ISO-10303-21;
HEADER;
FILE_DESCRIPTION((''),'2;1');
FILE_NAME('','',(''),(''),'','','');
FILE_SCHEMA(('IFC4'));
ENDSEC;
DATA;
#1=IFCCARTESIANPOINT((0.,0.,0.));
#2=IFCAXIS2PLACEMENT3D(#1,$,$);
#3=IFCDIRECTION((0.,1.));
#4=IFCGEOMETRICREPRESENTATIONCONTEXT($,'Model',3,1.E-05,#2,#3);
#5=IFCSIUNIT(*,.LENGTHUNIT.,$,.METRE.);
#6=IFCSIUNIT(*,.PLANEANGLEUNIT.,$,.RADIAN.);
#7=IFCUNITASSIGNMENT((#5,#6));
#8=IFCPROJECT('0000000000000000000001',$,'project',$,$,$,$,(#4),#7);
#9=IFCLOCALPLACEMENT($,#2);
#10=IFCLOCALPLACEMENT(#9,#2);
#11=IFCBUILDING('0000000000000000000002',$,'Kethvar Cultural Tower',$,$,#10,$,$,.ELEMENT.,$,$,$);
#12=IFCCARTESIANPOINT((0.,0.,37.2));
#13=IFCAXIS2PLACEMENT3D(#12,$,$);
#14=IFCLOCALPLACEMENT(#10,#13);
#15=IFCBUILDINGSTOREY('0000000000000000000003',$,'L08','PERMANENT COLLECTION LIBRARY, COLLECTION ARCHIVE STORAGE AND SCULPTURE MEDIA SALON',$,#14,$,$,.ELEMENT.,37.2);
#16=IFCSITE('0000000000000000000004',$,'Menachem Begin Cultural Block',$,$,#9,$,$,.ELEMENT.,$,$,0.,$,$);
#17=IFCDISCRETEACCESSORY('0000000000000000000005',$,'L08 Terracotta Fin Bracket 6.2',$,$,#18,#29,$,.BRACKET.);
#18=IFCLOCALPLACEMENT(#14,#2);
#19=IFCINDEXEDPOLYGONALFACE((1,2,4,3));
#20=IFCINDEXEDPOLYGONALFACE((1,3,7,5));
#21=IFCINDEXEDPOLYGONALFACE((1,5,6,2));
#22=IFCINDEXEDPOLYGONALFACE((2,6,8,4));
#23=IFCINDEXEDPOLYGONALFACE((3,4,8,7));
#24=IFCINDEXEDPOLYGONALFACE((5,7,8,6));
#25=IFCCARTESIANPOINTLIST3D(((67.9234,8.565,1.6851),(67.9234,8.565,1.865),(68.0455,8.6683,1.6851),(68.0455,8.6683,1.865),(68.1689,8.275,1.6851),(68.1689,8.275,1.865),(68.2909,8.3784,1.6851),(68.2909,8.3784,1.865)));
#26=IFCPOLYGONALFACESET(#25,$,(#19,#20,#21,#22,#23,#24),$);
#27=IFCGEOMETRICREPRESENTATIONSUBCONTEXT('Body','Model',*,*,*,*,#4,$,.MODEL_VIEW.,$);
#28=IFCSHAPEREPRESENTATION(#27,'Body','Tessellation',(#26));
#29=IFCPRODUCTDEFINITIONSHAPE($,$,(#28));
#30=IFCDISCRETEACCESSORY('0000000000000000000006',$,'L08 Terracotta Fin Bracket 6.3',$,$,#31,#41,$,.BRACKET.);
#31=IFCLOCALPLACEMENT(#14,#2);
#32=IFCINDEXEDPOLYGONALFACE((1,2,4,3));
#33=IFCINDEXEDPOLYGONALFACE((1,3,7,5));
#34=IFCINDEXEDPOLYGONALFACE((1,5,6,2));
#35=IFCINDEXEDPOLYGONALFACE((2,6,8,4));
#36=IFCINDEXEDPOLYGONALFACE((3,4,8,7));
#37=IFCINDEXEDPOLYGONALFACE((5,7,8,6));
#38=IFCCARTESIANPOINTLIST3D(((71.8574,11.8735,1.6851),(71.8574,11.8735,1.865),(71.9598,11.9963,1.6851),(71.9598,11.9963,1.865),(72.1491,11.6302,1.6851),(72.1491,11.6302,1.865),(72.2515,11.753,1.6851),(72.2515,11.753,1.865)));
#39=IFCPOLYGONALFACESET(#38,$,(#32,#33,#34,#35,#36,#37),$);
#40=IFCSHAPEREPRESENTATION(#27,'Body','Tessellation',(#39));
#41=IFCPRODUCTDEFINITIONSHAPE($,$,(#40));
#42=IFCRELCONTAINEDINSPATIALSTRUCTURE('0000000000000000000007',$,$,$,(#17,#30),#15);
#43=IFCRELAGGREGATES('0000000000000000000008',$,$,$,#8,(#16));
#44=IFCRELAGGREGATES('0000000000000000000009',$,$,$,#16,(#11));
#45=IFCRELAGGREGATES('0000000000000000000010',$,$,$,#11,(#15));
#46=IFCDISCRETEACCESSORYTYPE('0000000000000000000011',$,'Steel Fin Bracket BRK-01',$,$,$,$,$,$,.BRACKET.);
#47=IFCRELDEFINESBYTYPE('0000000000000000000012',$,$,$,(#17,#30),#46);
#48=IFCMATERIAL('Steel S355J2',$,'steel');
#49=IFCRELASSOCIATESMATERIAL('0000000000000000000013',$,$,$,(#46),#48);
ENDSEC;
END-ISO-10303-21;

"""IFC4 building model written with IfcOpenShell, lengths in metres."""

from ifc_helpers import new_model, si_unit, direction, frame, origin, origin_2d, place, context, subcontext, project, spatial, rectangle, extrude, source, transform, mapped, material, type_object, element, save


model = new_model("IFC4")

# Units and contexts
model_context = context("Model", 3, precision=1e-05, world=origin(), true_north=direction((0.0, 1.0)))
body_context = subcontext(model_context, "Body", "Model", "MODEL_VIEW")
ifc_project = project(units=[si_unit("LENGTHUNIT", "METRE"), si_unit("PLANEANGLEUNIT", "RADIAN")], contexts=[model_context])

# Site, building, storey
site_placement = place(None, origin())
site = spatial("IfcSite", under=ifc_project, at=site_placement, Name="Menachem Begin Cultural Block", CompositionType="ELEMENT", RefElevation=0.0)
building_placement = place(site_placement, origin())
building = spatial("IfcBuilding", under=site, at=building_placement, Name="Kethvar Cultural Tower", CompositionType="ELEMENT")
storey_placement = place(building_placement, frame((0.0, 0.0, 37.2)))
storey = spatial("IfcBuildingStorey", under=building, at=storey_placement, Name="L08", Description="PERMANENT COLLECTION LIBRARY, COLLECTION ARCHIVE STORAGE AND SCULPTURE MEDIA SALON", CompositionType="ELEMENT", Elevation=37.2)

# Shared definitions
ifc_material_1 = material(Name="Steel S355J2", Category="steel")

# Discrete accessories
discrete_accessory_type = type_object("IfcDiscreteAccessoryType", Name="Steel Fin Bracket BRK-01", PredefinedType="BRACKET", material=ifc_material_1)
shared_shape_1 = source(origin(), body_context, "Body", "SweptSolid", [
    extrude(rectangle(XDim=0.3799, YDim=0.1599, at=origin_2d()), origin(), (0.0, 0.0, 1.0), 0.1799),
])
for number, where, z_axis, x_axis, name in (
    (1, (68.1072, 8.4717, 1.6851), (0.0, 0.0, 1.0), (0.646124, -0.763232, 0.0), "L08 Terracotta Fin Bracket 6.2"),
    (2, (72.0544, 11.8132, 1.6851), (0.0, 0.0, 1.0), (0.767948, -0.640512, 0.0), "L08 Terracotta Fin Bracket 6.3"),
):
    element("IfcDiscreteAccessory", number, at=place(storey_placement, frame(where, z_axis=z_axis, x_axis=x_axis)), inside=storey, type_object=discrete_accessory_type, Name=name, PredefinedType="BRACKET", context=body_context, shape_type="MappedRepresentation", body=[
        mapped(shared_shape_1, transform((0.0, 0.0, 0.0), scale=1.0)),
    ])

save(model, "model.ifc")
